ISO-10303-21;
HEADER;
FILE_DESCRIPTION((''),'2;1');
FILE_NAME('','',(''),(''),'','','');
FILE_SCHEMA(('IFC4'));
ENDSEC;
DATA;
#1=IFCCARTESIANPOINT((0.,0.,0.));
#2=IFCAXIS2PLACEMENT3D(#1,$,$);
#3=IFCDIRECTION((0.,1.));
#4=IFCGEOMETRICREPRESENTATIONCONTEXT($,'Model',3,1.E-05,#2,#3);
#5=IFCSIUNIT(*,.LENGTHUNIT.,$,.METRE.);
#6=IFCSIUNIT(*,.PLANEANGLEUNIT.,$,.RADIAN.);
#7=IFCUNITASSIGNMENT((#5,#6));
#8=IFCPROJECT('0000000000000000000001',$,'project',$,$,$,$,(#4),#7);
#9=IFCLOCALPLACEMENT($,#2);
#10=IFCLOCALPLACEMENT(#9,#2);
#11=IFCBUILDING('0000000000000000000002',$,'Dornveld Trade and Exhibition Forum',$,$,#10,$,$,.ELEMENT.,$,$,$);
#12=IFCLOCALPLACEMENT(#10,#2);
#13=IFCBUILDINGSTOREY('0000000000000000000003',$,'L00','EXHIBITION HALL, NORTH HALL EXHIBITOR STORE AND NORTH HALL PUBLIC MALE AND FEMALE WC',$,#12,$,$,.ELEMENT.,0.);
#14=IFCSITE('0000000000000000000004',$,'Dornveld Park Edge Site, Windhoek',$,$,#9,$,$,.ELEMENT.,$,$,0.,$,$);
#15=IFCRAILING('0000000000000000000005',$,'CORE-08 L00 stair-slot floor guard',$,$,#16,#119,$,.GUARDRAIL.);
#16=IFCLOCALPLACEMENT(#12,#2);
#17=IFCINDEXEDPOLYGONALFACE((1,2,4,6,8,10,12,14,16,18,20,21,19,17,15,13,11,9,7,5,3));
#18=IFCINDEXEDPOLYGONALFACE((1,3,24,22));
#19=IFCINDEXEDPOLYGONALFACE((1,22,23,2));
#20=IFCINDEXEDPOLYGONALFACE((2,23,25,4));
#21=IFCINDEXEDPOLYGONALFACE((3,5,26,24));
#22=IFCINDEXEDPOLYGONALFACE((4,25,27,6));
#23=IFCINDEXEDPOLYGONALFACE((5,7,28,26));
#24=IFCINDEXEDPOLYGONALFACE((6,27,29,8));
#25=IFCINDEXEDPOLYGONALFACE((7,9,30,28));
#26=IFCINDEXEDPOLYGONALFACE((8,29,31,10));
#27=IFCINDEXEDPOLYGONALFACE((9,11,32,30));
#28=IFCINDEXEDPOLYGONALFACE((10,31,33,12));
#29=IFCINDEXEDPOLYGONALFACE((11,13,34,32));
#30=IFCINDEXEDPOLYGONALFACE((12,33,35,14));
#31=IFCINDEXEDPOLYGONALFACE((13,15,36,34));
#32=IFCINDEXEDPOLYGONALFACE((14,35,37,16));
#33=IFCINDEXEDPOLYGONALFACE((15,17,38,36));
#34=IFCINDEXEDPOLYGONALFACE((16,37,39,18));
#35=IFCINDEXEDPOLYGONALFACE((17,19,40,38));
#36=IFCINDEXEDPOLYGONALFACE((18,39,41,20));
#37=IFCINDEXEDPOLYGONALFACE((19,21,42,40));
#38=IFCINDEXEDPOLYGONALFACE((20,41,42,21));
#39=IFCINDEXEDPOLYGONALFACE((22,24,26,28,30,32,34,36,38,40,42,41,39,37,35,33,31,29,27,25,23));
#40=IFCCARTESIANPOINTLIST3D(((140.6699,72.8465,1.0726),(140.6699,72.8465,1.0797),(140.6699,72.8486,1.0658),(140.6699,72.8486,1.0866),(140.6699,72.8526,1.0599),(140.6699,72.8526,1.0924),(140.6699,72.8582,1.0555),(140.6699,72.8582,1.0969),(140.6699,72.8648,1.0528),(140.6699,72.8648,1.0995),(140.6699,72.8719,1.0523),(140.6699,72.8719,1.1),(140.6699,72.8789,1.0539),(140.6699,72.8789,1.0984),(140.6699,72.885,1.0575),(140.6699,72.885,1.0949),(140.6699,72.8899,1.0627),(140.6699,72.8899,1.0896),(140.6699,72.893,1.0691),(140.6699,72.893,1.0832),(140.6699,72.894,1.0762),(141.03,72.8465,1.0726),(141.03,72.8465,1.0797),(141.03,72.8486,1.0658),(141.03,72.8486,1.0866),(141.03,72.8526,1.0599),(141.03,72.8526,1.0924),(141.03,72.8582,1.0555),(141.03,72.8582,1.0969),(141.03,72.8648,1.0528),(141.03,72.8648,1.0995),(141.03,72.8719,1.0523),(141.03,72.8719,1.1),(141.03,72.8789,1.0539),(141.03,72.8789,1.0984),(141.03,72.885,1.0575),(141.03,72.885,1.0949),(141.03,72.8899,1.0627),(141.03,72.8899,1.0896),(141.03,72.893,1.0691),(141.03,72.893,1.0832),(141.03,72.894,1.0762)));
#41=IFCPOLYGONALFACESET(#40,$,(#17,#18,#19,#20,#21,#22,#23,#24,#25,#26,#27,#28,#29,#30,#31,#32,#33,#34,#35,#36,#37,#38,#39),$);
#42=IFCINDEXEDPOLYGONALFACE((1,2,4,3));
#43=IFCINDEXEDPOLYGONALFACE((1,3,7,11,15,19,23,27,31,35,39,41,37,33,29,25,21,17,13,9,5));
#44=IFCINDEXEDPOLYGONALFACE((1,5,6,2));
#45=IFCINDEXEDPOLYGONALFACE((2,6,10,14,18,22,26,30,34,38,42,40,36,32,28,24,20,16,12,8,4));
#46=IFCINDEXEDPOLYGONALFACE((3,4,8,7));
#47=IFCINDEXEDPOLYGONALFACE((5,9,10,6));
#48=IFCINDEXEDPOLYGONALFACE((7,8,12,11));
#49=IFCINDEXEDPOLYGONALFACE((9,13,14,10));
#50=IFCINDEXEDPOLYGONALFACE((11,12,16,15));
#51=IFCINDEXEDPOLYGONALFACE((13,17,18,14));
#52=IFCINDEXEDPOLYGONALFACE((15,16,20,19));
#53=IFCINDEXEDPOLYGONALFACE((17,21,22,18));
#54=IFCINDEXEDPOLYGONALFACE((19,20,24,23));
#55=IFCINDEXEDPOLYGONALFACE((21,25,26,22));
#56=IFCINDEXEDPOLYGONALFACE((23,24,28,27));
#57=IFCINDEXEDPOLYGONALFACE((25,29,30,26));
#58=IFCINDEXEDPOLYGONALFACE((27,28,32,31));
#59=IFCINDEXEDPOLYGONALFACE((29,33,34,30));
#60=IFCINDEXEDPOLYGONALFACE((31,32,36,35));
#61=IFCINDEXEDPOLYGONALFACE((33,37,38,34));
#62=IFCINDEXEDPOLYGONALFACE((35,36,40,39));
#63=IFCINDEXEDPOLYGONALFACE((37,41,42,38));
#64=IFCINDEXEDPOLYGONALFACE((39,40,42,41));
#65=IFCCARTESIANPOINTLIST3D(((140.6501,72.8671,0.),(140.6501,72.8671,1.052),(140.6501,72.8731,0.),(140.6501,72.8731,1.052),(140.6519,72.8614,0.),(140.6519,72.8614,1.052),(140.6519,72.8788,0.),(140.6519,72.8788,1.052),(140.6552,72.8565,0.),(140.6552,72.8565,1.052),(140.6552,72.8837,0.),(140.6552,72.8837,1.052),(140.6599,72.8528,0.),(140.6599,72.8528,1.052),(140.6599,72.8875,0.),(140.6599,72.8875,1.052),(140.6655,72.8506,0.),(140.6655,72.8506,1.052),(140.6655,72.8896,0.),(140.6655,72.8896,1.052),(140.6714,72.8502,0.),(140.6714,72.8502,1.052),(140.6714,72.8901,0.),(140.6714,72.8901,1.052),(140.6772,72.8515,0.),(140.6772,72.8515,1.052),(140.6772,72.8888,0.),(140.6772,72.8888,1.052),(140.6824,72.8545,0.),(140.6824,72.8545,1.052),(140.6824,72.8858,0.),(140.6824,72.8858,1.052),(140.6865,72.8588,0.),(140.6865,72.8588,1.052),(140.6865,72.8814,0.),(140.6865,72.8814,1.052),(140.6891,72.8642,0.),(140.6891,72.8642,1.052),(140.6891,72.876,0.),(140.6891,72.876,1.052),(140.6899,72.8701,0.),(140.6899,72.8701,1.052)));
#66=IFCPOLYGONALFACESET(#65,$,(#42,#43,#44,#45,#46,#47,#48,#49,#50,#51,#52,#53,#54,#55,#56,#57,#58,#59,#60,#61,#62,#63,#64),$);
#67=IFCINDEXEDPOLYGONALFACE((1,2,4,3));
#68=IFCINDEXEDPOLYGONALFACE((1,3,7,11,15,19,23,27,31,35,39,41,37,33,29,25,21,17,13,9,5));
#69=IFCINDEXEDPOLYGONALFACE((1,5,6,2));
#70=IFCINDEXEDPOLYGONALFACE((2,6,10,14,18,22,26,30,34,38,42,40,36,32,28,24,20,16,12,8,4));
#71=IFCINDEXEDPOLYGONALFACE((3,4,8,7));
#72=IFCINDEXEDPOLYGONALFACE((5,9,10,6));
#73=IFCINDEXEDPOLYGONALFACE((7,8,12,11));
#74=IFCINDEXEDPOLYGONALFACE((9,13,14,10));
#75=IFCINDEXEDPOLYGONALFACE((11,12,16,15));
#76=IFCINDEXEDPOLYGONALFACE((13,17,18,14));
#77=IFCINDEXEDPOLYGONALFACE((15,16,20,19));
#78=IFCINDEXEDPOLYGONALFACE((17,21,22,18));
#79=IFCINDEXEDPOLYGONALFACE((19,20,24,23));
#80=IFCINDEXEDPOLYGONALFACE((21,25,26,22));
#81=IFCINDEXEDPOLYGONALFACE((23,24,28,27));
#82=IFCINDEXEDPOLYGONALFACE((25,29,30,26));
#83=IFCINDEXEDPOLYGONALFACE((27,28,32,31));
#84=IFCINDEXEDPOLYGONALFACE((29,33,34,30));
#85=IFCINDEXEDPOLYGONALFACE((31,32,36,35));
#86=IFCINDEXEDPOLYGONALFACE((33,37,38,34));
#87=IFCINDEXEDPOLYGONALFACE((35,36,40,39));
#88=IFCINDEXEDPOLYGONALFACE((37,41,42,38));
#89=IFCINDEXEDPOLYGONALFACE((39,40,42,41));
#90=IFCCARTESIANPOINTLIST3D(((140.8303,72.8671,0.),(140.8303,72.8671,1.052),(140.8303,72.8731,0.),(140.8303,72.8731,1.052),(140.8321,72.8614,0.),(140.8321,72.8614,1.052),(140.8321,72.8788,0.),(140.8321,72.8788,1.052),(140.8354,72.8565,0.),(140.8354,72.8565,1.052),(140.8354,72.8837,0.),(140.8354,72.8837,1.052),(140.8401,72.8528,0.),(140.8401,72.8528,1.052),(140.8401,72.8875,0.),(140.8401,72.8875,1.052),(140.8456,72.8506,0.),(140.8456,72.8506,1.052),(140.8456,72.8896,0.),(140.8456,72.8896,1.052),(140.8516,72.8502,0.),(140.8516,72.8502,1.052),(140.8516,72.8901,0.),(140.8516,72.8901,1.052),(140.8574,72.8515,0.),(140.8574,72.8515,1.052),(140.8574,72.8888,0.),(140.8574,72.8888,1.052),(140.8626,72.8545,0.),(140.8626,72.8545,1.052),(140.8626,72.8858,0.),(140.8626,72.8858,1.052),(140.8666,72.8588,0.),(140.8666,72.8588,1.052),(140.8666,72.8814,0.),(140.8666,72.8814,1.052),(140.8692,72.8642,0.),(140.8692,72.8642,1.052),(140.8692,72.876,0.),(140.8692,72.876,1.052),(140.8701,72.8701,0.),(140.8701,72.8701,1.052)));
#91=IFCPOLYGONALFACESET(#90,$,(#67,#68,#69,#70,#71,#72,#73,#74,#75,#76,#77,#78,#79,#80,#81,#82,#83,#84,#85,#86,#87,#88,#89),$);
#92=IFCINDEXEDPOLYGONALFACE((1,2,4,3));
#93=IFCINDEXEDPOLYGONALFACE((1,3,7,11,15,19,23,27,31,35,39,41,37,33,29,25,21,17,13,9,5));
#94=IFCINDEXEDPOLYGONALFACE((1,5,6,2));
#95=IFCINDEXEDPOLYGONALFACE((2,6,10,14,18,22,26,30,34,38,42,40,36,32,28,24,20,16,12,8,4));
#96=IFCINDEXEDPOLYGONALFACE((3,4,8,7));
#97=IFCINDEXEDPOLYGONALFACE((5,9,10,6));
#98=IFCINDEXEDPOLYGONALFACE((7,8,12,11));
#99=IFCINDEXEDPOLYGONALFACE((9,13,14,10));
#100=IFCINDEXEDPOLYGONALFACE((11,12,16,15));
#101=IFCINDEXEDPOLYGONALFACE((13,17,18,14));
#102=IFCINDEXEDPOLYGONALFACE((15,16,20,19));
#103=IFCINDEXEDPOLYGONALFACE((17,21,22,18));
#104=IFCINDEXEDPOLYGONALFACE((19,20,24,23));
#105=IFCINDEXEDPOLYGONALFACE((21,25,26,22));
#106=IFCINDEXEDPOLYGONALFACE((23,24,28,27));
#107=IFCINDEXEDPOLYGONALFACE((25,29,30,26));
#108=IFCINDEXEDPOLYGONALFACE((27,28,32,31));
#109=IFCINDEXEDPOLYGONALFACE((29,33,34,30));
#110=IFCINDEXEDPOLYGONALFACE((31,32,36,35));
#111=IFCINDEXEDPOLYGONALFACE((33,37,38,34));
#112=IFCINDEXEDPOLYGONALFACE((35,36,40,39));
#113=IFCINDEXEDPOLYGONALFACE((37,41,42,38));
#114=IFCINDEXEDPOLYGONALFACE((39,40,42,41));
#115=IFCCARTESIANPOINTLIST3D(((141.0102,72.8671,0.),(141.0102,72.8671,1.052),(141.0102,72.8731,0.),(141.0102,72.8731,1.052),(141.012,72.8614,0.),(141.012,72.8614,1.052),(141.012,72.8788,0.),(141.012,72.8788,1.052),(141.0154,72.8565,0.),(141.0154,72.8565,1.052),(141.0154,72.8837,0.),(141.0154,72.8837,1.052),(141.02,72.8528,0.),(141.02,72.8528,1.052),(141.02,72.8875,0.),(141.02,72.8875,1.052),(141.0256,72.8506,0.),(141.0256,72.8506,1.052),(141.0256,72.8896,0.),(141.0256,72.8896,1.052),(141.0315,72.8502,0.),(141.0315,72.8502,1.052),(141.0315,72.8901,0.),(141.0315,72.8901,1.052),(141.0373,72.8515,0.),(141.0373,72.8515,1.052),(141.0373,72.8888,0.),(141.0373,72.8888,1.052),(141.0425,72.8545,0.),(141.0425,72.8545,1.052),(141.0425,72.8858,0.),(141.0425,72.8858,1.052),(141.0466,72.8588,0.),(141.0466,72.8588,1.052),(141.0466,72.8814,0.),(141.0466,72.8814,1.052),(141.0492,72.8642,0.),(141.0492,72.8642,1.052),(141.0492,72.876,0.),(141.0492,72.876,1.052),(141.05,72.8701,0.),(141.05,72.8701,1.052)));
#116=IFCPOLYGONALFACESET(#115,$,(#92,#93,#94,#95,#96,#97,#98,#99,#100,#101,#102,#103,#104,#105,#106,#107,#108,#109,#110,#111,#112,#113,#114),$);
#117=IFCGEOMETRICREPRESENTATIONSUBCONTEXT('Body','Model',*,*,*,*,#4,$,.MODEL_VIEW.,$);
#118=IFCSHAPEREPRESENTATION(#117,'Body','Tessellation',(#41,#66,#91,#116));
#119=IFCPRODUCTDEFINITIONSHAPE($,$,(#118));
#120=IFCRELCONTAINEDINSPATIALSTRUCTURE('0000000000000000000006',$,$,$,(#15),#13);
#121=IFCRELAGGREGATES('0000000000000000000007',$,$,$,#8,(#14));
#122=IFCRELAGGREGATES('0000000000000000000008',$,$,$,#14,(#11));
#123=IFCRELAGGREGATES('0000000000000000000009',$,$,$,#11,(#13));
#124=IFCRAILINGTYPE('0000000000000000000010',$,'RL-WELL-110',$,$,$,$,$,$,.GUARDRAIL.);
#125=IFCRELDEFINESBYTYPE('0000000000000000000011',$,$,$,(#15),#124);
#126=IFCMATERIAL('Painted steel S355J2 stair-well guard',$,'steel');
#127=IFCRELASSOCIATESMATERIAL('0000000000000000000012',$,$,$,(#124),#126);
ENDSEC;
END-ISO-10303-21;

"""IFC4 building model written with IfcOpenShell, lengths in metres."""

from ifc_helpers import new_model, si_unit, direction, frame, origin, origin_2d, place, context, subcontext, project, spatial, circle, extrude, material, type_object, element, save


model = new_model("IFC4")

# Units and contexts
model_context = context("Model", 3, precision=1e-05, world=origin(), true_north=direction((0.0, 1.0)))
body_context = subcontext(model_context, "Body", "Model", "MODEL_VIEW")
ifc_project = project(units=[si_unit("LENGTHUNIT", "METRE"), si_unit("PLANEANGLEUNIT", "RADIAN")], contexts=[model_context])

# Site, building, storey
site_placement = place(None, origin())
site = spatial("IfcSite", under=ifc_project, at=site_placement, Name="Dornveld Park Edge Site, Windhoek", CompositionType="ELEMENT", RefElevation=0.0)
building_placement = place(site_placement, origin())
building = spatial("IfcBuilding", under=site, at=building_placement, Name="Dornveld Trade and Exhibition Forum", CompositionType="ELEMENT")
storey_placement = place(building_placement, origin())
storey = spatial("IfcBuildingStorey", under=building, at=storey_placement, Name="L00", Description="EXHIBITION HALL, NORTH HALL EXHIBITOR STORE AND NORTH HALL PUBLIC MALE AND FEMALE WC", CompositionType="ELEMENT", Elevation=0.0)

# Railing
ifc_material_1 = material(Name="Painted steel S355J2 stair-well guard", Category="steel")
railing_type_1 = type_object("IfcRailingType", Name="RL-WELL-110", PredefinedType="GUARDRAIL", material=ifc_material_1)
railing_1_placement = place(storey_placement, frame((140.6699, 72.8701, 0.0)))
element("IfcRailing", 1, at=railing_1_placement, inside=storey, type_object=railing_type_1, Name="CORE-08 L00 stair-slot floor guard", PredefinedType="GUARDRAIL", context=body_context, shape_type="SweptSolid", body=[
    extrude(circle(Radius=0.0239, at=origin_2d()), frame((0.0, 0.0, 1.0762), z_axis=(1.0, 0.0, 0.0), x_axis=(0.0, 1.0, 0.0)), (0.0, 0.0, 1.0), 0.3601),
    extrude(circle(Radius=0.02, at=origin_2d()), origin(), (0.0, 0.0, 1.0), 1.052),
    extrude(circle(Radius=0.02, at=origin_2d()), frame((0.1802, 0.0, 0.0)), (0.0, 0.0, 1.0), 1.052),
    extrude(circle(Radius=0.02, at=origin_2d()), frame((0.3601, 0.0, 0.0)), (0.0, 0.0, 1.0), 1.052),
])

save(model, "model.ifc")
